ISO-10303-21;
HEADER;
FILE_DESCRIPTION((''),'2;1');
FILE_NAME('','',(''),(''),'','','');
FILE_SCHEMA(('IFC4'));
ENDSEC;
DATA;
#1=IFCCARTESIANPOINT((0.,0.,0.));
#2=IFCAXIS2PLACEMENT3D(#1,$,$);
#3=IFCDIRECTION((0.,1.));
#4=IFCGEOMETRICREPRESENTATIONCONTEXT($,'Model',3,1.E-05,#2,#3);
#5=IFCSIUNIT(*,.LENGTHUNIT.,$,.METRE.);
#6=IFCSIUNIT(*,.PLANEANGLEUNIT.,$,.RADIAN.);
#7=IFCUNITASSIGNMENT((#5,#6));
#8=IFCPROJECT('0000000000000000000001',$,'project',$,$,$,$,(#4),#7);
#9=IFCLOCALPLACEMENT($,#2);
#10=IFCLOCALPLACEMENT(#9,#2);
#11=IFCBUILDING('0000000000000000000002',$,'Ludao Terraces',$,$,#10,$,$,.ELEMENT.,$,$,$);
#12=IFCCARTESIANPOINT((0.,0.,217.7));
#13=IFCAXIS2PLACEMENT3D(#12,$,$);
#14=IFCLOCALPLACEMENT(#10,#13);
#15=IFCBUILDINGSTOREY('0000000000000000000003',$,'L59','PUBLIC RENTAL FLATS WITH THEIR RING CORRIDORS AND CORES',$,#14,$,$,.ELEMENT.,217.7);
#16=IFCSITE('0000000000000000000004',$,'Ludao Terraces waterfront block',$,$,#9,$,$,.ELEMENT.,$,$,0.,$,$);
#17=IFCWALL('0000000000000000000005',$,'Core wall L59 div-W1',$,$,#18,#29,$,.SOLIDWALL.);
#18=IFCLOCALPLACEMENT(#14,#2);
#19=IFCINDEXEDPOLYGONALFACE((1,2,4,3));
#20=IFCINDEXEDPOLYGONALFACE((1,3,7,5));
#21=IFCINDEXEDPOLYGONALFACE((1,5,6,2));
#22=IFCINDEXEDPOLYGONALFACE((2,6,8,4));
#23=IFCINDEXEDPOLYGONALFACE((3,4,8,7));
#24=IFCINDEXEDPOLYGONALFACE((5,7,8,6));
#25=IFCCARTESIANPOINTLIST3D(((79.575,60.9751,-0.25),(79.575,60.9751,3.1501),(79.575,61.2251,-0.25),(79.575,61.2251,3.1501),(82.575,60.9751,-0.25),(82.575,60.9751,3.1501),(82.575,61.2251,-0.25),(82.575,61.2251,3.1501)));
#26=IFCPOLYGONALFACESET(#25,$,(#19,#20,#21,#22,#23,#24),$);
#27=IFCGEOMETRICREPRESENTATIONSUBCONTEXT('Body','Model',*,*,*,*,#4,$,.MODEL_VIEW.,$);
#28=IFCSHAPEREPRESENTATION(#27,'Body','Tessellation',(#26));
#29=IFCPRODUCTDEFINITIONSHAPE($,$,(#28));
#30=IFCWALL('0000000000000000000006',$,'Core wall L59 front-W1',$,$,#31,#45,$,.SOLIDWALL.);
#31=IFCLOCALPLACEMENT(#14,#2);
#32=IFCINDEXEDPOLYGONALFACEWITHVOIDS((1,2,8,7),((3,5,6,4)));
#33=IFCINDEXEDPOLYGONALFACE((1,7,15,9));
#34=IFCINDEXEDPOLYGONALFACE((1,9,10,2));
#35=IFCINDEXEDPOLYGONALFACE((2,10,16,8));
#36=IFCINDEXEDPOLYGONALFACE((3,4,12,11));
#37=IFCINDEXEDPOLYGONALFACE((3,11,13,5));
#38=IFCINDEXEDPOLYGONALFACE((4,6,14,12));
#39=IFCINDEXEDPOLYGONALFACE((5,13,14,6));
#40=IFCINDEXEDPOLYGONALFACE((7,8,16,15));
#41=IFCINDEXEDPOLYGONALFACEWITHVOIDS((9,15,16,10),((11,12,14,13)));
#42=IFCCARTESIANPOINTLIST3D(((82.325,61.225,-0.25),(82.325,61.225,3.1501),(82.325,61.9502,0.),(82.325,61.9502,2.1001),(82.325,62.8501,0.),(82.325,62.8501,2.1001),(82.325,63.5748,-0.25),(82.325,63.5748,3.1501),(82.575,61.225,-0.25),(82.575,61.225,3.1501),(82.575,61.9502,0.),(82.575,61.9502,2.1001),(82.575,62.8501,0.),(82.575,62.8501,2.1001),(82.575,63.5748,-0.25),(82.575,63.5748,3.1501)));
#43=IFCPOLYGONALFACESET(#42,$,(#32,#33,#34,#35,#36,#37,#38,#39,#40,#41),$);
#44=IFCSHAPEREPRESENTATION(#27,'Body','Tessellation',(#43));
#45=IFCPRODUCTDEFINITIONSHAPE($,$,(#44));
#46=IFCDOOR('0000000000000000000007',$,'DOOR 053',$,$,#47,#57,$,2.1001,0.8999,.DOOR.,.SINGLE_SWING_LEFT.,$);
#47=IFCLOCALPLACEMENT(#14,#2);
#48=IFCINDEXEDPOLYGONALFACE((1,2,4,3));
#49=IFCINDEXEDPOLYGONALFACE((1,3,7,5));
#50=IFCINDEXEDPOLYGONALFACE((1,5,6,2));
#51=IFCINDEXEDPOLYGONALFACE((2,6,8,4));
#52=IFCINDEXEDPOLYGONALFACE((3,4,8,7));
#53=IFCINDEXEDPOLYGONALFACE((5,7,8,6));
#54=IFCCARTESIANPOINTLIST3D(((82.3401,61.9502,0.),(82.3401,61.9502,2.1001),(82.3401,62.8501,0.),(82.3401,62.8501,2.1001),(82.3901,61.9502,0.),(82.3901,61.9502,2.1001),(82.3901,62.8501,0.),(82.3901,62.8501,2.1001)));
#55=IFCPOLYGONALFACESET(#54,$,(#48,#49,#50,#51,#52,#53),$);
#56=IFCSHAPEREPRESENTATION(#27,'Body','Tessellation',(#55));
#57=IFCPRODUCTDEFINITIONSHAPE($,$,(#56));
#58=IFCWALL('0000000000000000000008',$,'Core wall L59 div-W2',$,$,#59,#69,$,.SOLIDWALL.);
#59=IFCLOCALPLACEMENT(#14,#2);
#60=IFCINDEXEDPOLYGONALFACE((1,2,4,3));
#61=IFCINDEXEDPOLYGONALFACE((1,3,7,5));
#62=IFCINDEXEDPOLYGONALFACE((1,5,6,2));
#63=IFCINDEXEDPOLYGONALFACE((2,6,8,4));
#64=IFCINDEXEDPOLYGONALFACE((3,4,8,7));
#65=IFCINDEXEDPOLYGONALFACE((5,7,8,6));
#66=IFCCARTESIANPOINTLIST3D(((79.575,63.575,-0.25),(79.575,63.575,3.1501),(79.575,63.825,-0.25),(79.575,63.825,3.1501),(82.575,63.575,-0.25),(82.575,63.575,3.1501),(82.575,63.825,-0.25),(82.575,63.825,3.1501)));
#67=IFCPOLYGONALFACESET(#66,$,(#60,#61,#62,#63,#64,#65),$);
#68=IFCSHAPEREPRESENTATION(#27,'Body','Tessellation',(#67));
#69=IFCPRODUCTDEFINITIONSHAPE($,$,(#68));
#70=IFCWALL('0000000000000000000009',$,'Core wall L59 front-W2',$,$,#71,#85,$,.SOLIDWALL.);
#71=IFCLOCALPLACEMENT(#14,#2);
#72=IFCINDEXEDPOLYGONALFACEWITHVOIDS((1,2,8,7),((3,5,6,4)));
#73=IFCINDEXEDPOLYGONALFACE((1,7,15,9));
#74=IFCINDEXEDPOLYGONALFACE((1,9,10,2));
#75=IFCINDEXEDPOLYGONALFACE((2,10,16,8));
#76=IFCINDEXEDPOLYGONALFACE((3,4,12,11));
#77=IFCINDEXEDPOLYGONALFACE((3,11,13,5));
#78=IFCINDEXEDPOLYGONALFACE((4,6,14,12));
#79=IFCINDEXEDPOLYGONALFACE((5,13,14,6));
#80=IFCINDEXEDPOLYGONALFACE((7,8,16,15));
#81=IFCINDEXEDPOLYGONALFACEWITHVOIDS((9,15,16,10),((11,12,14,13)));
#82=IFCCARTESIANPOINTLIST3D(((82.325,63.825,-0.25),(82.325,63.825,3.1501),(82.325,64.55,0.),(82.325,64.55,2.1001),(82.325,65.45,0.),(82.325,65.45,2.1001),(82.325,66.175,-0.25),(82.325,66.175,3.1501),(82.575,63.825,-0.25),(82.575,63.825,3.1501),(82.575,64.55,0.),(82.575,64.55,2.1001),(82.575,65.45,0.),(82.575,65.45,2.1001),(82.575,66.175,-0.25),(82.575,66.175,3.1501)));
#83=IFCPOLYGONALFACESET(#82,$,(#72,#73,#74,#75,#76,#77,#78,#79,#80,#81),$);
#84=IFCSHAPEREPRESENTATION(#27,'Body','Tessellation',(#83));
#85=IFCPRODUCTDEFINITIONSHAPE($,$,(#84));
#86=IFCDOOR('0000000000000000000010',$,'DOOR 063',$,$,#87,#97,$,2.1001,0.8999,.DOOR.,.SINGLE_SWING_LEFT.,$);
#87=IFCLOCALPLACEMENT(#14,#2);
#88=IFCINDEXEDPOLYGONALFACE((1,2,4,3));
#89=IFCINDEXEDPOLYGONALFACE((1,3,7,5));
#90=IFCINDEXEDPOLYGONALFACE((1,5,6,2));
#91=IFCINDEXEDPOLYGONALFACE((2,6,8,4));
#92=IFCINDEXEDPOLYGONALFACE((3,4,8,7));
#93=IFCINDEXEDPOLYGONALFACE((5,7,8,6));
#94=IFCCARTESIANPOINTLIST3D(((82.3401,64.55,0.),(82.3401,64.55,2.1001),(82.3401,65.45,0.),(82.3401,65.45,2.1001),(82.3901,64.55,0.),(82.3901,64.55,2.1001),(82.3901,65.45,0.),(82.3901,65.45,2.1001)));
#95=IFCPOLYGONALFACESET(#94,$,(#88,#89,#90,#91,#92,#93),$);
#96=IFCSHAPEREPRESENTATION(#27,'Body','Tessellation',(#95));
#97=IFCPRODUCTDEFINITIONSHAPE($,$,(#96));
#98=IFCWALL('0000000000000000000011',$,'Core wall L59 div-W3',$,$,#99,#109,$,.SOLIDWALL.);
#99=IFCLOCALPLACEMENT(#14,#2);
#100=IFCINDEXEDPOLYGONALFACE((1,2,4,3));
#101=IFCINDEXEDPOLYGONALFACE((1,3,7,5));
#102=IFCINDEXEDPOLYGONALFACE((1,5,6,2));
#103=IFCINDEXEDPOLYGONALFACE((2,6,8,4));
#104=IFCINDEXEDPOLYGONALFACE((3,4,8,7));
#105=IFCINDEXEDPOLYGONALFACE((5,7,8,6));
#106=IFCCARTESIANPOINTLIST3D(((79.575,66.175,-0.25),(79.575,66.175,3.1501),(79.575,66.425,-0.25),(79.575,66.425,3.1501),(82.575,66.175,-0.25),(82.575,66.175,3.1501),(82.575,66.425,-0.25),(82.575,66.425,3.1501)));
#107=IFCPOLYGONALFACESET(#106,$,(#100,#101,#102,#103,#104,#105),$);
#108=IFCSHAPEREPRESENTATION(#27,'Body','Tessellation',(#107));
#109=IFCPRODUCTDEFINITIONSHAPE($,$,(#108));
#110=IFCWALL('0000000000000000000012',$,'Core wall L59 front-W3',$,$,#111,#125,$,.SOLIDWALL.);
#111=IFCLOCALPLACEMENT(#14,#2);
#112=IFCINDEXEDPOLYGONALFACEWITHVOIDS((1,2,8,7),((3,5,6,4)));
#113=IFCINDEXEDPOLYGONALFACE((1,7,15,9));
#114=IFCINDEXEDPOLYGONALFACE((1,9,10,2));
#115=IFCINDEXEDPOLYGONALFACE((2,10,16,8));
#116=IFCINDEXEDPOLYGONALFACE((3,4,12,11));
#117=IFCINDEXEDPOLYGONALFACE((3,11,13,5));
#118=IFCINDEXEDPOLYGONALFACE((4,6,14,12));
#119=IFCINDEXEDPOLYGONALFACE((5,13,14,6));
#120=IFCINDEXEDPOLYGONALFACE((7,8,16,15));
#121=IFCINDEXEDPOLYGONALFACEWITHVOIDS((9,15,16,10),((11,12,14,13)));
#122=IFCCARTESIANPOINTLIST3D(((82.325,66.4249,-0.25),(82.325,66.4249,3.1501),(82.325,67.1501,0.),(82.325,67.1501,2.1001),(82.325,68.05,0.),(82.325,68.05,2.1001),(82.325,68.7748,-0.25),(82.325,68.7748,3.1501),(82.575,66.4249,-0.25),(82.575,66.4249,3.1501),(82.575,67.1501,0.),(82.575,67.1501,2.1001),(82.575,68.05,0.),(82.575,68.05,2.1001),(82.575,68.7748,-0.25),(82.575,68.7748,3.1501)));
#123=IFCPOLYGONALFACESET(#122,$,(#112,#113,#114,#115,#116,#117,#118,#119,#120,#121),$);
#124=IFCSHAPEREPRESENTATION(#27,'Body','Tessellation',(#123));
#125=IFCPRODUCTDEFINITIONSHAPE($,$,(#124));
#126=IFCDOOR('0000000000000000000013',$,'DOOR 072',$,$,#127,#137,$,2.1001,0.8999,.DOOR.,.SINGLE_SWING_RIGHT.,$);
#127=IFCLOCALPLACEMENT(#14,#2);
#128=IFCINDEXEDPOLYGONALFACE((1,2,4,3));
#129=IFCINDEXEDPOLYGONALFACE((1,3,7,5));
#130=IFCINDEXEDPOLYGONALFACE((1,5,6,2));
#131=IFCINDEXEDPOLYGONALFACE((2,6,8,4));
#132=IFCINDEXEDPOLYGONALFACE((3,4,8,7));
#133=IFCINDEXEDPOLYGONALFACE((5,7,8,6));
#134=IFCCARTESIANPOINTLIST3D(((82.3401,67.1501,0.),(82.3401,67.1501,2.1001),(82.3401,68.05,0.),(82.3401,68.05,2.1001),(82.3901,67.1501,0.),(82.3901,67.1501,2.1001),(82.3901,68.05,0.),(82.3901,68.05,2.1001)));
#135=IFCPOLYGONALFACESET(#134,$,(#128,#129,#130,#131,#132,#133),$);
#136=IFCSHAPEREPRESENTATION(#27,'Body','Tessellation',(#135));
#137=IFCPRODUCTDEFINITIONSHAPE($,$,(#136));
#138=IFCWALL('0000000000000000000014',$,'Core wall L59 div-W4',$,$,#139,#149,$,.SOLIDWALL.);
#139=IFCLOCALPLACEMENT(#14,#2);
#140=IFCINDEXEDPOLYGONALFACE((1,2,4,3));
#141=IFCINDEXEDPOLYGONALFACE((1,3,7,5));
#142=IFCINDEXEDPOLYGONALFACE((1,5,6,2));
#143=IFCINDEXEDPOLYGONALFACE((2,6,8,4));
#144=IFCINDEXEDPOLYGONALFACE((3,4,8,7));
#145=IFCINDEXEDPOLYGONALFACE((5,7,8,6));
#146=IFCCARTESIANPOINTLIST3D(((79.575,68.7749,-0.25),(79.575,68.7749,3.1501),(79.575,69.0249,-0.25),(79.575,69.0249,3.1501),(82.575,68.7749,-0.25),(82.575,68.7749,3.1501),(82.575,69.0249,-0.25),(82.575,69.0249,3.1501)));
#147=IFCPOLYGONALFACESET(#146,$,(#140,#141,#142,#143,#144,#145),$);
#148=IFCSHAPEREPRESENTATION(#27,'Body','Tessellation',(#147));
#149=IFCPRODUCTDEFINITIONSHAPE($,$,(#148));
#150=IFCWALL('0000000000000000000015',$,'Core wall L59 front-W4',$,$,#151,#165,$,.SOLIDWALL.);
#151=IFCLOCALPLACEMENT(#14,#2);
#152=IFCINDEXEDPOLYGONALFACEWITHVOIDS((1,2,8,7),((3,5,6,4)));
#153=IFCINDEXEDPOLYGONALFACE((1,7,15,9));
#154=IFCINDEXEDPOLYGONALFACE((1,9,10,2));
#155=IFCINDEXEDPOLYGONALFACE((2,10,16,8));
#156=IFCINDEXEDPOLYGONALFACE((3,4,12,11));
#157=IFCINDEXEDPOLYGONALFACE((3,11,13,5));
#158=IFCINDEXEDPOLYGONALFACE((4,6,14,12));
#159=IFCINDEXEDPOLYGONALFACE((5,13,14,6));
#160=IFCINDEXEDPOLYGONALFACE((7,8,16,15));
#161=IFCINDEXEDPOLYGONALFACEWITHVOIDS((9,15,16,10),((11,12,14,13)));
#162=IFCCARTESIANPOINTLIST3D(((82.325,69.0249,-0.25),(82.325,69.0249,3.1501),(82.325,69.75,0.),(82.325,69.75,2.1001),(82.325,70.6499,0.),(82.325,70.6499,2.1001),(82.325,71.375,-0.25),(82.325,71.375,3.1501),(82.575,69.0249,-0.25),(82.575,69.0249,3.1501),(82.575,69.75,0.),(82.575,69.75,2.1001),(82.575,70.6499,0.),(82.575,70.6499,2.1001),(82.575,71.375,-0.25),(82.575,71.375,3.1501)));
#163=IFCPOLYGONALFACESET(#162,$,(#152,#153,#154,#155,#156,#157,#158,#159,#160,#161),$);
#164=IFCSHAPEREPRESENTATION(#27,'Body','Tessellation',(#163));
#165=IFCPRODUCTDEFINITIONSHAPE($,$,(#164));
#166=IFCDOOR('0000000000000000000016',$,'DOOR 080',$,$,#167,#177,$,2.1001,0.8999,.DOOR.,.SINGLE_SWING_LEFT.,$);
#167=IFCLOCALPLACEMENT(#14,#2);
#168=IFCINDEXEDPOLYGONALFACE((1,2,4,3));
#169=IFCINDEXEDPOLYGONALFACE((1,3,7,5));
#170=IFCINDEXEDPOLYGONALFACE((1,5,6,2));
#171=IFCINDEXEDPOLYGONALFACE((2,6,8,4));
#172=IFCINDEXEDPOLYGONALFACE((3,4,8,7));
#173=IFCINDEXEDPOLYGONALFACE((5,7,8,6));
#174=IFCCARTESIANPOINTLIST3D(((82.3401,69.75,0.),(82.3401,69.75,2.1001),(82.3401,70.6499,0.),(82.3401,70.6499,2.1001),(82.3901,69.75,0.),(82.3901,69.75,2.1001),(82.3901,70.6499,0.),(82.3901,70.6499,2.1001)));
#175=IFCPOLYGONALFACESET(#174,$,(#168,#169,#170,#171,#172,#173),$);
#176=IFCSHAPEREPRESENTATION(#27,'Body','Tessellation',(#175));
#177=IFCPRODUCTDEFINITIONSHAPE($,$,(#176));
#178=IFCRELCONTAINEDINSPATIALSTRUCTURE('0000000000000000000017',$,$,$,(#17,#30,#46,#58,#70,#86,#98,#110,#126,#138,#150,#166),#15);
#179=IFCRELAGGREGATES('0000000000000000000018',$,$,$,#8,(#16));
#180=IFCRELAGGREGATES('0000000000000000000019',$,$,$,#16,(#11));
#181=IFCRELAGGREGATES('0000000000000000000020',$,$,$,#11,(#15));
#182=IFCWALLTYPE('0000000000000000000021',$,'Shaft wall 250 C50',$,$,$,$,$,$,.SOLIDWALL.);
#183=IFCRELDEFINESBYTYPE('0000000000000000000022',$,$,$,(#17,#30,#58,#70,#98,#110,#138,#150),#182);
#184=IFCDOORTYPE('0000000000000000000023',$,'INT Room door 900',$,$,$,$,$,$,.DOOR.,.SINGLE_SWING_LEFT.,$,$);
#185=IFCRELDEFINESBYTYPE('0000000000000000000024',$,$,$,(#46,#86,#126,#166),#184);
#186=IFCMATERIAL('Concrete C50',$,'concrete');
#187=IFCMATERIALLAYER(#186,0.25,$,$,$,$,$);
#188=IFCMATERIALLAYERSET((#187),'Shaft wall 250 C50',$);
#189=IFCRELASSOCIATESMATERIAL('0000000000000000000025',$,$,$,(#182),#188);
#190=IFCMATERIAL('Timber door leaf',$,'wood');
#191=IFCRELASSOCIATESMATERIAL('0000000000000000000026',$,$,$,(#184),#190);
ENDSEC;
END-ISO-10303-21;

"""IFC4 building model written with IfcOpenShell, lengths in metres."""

from ifc_helpers import new_model, si_unit, direction, frame, frame_2d, origin, place, context, subcontext, project, spatial, rectangle, extrude, material, layer, layer_set, type_object, element, fill, save


model = new_model("IFC4")

# Units and contexts
model_context = context("Model", 3, precision=1e-05, world=origin(), true_north=direction((0.0, 1.0)))
body_context = subcontext(model_context, "Body", "Model", "MODEL_VIEW")
ifc_project = project(units=[si_unit("LENGTHUNIT", "METRE"), si_unit("PLANEANGLEUNIT", "RADIAN")], contexts=[model_context])

# Site, building, storey
site_placement = place(None, origin())
site = spatial("IfcSite", under=ifc_project, at=site_placement, Name="Ludao Terraces waterfront block", CompositionType="ELEMENT", RefElevation=0.0)
building_placement = place(site_placement, origin())
building = spatial("IfcBuilding", under=site, at=building_placement, Name="Ludao Terraces", CompositionType="ELEMENT")
storey_placement = place(building_placement, frame((0.0, 0.0, 217.7)))
storey = spatial("IfcBuildingStorey", under=building, at=storey_placement, Name="L59", Description="PUBLIC RENTAL FLATS WITH THEIR RING CORRIDORS AND CORES", CompositionType="ELEMENT", Elevation=217.7)

# Shared definitions
ifc_material_1 = material(Name="Timber door leaf", Category="wood")

# Wall
ifc_material_2 = material(Name="Concrete C50", Category="concrete")
ifc_layer_1 = layer(ifc_material_2, 0.25)
ifc_layer_set_1 = layer_set([ifc_layer_1], Name="Shaft wall 250 C50")
wall_type_1 = type_object("IfcWallType", Name="Shaft wall 250 C50", PredefinedType="SOLIDWALL", material=ifc_layer_set_1)
wall_1_placement = place(storey_placement, frame((79.575, 61.1001, -0.25), z_axis=(0.0, 0.0, 1.0), x_axis=(1.0, 0.0, 0.0)))
element("IfcWall", 1, at=wall_1_placement, inside=storey, type_object=wall_type_1, Name="Core wall L59 div-W1", PredefinedType="SOLIDWALL", context=body_context, shape_type="SweptSolid", body=[
    extrude(rectangle(XDim=3.0, YDim=0.25, at=frame_2d((1.5, 0.0))), origin(), (0.0, 0.0, 1.0), 3.4001),
])

# Wall, opening, door
wall_2_placement = place(storey_placement, frame((82.45, 61.2251, -0.25), z_axis=(0.0, 0.0, 1.0), x_axis=(0.0, 1.0, 0.0)))
wall_2 = element("IfcWall", 2, at=wall_2_placement, inside=storey, type_object=wall_type_1, Name="Core wall L59 front-W1", PredefinedType="SOLIDWALL", context=body_context, shape_type="SweptSolid", body=[
    extrude(rectangle(XDim=2.3499, YDim=0.25, at=frame_2d((1.1748, 0.0))), origin(), (0.0, 0.0, 1.0), 3.4001),
])
opening_1_placement = place(wall_2_placement, frame((0.7251, 0.0, 0.25)))
opening_1 = element("IfcOpeningElement", 3, at=opening_1_placement, cuts=wall_2, PredefinedType="OPENING", context=body_context, shape_type="SweptSolid", body=[
    extrude(rectangle(XDim=0.8999, YDim=2.1001, at=frame_2d((0.45, 1.05))), frame((0.0, 0.135, 0.0), z_axis=(0.0, -1.0, 0.0), x_axis=(1.0, 0.0, 0.0)), (0.0, 0.0, 1.0), 0.27),
])
door_type_1 = type_object("IfcDoorType", Name="INT Room door 900", OperationType="SINGLE_SWING_LEFT", PredefinedType="DOOR", material=ifc_material_1)
door_1_placement = place(opening_1_placement, origin())
door_1 = element("IfcDoor", 4, at=door_1_placement, inside=storey, type_object=door_type_1, Name="DOOR 053", OperationType="SINGLE_SWING_LEFT", OverallHeight=2.1001, OverallWidth=0.8999, PredefinedType="DOOR", context=body_context, shape_type="SweptSolid", body=[
    extrude(rectangle(XDim=0.8999, YDim=2.1001, at=frame_2d((0.45, 1.05))), frame((0.0, 0.1099, 0.0), z_axis=(0.0, -1.0, 0.0), x_axis=(1.0, 0.0, 0.0)), (0.0, 0.0, 1.0), 0.05),
])
fill(opening_1, door_1)

# Wall
wall_3_placement = place(storey_placement, frame((79.575, 63.7, -0.25), z_axis=(0.0, 0.0, 1.0), x_axis=(1.0, 0.0, 0.0)))
element("IfcWall", 5, at=wall_3_placement, inside=storey, type_object=wall_type_1, Name="Core wall L59 div-W2", PredefinedType="SOLIDWALL", context=body_context, shape_type="SweptSolid", body=[
    extrude(rectangle(XDim=3.0, YDim=0.25, at=frame_2d((1.5, 0.0))), origin(), (0.0, 0.0, 1.0), 3.4001),
])

# Wall, opening, door
wall_4_placement = place(storey_placement, frame((82.45, 63.825, -0.25), z_axis=(0.0, 0.0, 1.0), x_axis=(0.0, 1.0, 0.0)))
wall_4 = element("IfcWall", 6, at=wall_4_placement, inside=storey, type_object=wall_type_1, Name="Core wall L59 front-W2", PredefinedType="SOLIDWALL", context=body_context, shape_type="SweptSolid", body=[
    extrude(rectangle(XDim=2.3501, YDim=0.25, at=frame_2d((1.175, 0.0))), origin(), (0.0, 0.0, 1.0), 3.4001),
])
opening_2_placement = place(wall_4_placement, frame((0.7251, 0.0, 0.25)))
opening_2 = element("IfcOpeningElement", 7, at=opening_2_placement, cuts=wall_4, PredefinedType="OPENING", context=body_context, shape_type="SweptSolid", body=[
    extrude(rectangle(XDim=0.8999, YDim=2.1001, at=frame_2d((0.45, 1.05))), frame((0.0, 0.135, 0.0), z_axis=(0.0, -1.0, 0.0), x_axis=(1.0, 0.0, 0.0)), (0.0, 0.0, 1.0), 0.27),
])
door_2_placement = place(opening_2_placement, origin())
door_2 = element("IfcDoor", 8, at=door_2_placement, inside=storey, type_object=door_type_1, Name="DOOR 063", OperationType="SINGLE_SWING_LEFT", OverallHeight=2.1001, OverallWidth=0.8999, PredefinedType="DOOR", context=body_context, shape_type="SweptSolid", body=[
    extrude(rectangle(XDim=0.8999, YDim=2.1001, at=frame_2d((0.45, 1.05))), frame((0.0, 0.1099, 0.0), z_axis=(0.0, -1.0, 0.0), x_axis=(1.0, 0.0, 0.0)), (0.0, 0.0, 1.0), 0.05),
])
fill(opening_2, door_2)

# Wall
wall_5_placement = place(storey_placement, frame((79.575, 66.3, -0.25), z_axis=(0.0, 0.0, 1.0), x_axis=(1.0, 0.0, 0.0)))
element("IfcWall", 9, at=wall_5_placement, inside=storey, type_object=wall_type_1, Name="Core wall L59 div-W3", PredefinedType="SOLIDWALL", context=body_context, shape_type="SweptSolid", body=[
    extrude(rectangle(XDim=3.0, YDim=0.25, at=frame_2d((1.5, 0.0))), origin(), (0.0, 0.0, 1.0), 3.4001),
])

# Wall, opening, door
wall_6_placement = place(storey_placement, frame((82.45, 66.425, -0.25), z_axis=(0.0, 0.0, 1.0), x_axis=(0.0, 1.0, 0.0)))
wall_6 = element("IfcWall", 10, at=wall_6_placement, inside=storey, type_object=wall_type_1, Name="Core wall L59 front-W3", PredefinedType="SOLIDWALL", context=body_context, shape_type="SweptSolid", body=[
    extrude(rectangle(XDim=2.3499, YDim=0.25, at=frame_2d((1.1748, 0.0))), origin(), (0.0, 0.0, 1.0), 3.4001),
])
opening_3_placement = place(wall_6_placement, frame((0.7251, 0.0, 0.25)))
opening_3 = element("IfcOpeningElement", 11, at=opening_3_placement, cuts=wall_6, PredefinedType="OPENING", context=body_context, shape_type="SweptSolid", body=[
    extrude(rectangle(XDim=0.8999, YDim=2.1001, at=frame_2d((0.45, 1.05))), frame((0.0, 0.135, 0.0), z_axis=(0.0, -1.0, 0.0), x_axis=(1.0, 0.0, 0.0)), (0.0, 0.0, 1.0), 0.27),
])
door_3_placement = place(opening_3_placement, origin())
door_3 = element("IfcDoor", 12, at=door_3_placement, inside=storey, type_object=door_type_1, Name="DOOR 072", OperationType="SINGLE_SWING_RIGHT", OverallHeight=2.1001, OverallWidth=0.8999, PredefinedType="DOOR", context=body_context, shape_type="SweptSolid", body=[
    extrude(rectangle(XDim=0.8999, YDim=2.1001, at=frame_2d((0.45, 1.05))), frame((0.0, 0.1099, 0.0), z_axis=(0.0, -1.0, 0.0), x_axis=(1.0, 0.0, 0.0)), (0.0, 0.0, 1.0), 0.05),
])
fill(opening_3, door_3)

# Wall
wall_7_placement = place(storey_placement, frame((79.575, 68.8999, -0.25), z_axis=(0.0, 0.0, 1.0), x_axis=(1.0, 0.0, 0.0)))
element("IfcWall", 13, at=wall_7_placement, inside=storey, type_object=wall_type_1, Name="Core wall L59 div-W4", PredefinedType="SOLIDWALL", context=body_context, shape_type="SweptSolid", body=[
    extrude(rectangle(XDim=3.0, YDim=0.25, at=frame_2d((1.5, 0.0))), origin(), (0.0, 0.0, 1.0), 3.4001),
])

# Wall, opening, door
wall_8_placement = place(storey_placement, frame((82.45, 69.0249, -0.25), z_axis=(0.0, 0.0, 1.0), x_axis=(0.0, 1.0, 0.0)))
wall_8 = element("IfcWall", 14, at=wall_8_placement, inside=storey, type_object=wall_type_1, Name="Core wall L59 front-W4", PredefinedType="SOLIDWALL", context=body_context, shape_type="SweptSolid", body=[
    extrude(rectangle(XDim=2.3501, YDim=0.25, at=frame_2d((1.175, 0.0))), origin(), (0.0, 0.0, 1.0), 3.4001),
])
opening_4_placement = place(wall_8_placement, frame((0.7251, 0.0, 0.25)))
opening_4 = element("IfcOpeningElement", 15, at=opening_4_placement, cuts=wall_8, PredefinedType="OPENING", context=body_context, shape_type="SweptSolid", body=[
    extrude(rectangle(XDim=0.8999, YDim=2.1001, at=frame_2d((0.45, 1.05))), frame((0.0, 0.135, 0.0), z_axis=(0.0, -1.0, 0.0), x_axis=(1.0, 0.0, 0.0)), (0.0, 0.0, 1.0), 0.27),
])
door_4_placement = place(opening_4_placement, origin())
door_4 = element("IfcDoor", 16, at=door_4_placement, inside=storey, type_object=door_type_1, Name="DOOR 080", OperationType="SINGLE_SWING_LEFT", OverallHeight=2.1001, OverallWidth=0.8999, PredefinedType="DOOR", context=body_context, shape_type="SweptSolid", body=[
    extrude(rectangle(XDim=0.8999, YDim=2.1001, at=frame_2d((0.45, 1.05))), frame((0.0, 0.1099, 0.0), z_axis=(0.0, -1.0, 0.0), x_axis=(1.0, 0.0, 0.0)), (0.0, 0.0, 1.0), 0.05),
])
fill(opening_4, door_4)

save(model, "model.ifc")
